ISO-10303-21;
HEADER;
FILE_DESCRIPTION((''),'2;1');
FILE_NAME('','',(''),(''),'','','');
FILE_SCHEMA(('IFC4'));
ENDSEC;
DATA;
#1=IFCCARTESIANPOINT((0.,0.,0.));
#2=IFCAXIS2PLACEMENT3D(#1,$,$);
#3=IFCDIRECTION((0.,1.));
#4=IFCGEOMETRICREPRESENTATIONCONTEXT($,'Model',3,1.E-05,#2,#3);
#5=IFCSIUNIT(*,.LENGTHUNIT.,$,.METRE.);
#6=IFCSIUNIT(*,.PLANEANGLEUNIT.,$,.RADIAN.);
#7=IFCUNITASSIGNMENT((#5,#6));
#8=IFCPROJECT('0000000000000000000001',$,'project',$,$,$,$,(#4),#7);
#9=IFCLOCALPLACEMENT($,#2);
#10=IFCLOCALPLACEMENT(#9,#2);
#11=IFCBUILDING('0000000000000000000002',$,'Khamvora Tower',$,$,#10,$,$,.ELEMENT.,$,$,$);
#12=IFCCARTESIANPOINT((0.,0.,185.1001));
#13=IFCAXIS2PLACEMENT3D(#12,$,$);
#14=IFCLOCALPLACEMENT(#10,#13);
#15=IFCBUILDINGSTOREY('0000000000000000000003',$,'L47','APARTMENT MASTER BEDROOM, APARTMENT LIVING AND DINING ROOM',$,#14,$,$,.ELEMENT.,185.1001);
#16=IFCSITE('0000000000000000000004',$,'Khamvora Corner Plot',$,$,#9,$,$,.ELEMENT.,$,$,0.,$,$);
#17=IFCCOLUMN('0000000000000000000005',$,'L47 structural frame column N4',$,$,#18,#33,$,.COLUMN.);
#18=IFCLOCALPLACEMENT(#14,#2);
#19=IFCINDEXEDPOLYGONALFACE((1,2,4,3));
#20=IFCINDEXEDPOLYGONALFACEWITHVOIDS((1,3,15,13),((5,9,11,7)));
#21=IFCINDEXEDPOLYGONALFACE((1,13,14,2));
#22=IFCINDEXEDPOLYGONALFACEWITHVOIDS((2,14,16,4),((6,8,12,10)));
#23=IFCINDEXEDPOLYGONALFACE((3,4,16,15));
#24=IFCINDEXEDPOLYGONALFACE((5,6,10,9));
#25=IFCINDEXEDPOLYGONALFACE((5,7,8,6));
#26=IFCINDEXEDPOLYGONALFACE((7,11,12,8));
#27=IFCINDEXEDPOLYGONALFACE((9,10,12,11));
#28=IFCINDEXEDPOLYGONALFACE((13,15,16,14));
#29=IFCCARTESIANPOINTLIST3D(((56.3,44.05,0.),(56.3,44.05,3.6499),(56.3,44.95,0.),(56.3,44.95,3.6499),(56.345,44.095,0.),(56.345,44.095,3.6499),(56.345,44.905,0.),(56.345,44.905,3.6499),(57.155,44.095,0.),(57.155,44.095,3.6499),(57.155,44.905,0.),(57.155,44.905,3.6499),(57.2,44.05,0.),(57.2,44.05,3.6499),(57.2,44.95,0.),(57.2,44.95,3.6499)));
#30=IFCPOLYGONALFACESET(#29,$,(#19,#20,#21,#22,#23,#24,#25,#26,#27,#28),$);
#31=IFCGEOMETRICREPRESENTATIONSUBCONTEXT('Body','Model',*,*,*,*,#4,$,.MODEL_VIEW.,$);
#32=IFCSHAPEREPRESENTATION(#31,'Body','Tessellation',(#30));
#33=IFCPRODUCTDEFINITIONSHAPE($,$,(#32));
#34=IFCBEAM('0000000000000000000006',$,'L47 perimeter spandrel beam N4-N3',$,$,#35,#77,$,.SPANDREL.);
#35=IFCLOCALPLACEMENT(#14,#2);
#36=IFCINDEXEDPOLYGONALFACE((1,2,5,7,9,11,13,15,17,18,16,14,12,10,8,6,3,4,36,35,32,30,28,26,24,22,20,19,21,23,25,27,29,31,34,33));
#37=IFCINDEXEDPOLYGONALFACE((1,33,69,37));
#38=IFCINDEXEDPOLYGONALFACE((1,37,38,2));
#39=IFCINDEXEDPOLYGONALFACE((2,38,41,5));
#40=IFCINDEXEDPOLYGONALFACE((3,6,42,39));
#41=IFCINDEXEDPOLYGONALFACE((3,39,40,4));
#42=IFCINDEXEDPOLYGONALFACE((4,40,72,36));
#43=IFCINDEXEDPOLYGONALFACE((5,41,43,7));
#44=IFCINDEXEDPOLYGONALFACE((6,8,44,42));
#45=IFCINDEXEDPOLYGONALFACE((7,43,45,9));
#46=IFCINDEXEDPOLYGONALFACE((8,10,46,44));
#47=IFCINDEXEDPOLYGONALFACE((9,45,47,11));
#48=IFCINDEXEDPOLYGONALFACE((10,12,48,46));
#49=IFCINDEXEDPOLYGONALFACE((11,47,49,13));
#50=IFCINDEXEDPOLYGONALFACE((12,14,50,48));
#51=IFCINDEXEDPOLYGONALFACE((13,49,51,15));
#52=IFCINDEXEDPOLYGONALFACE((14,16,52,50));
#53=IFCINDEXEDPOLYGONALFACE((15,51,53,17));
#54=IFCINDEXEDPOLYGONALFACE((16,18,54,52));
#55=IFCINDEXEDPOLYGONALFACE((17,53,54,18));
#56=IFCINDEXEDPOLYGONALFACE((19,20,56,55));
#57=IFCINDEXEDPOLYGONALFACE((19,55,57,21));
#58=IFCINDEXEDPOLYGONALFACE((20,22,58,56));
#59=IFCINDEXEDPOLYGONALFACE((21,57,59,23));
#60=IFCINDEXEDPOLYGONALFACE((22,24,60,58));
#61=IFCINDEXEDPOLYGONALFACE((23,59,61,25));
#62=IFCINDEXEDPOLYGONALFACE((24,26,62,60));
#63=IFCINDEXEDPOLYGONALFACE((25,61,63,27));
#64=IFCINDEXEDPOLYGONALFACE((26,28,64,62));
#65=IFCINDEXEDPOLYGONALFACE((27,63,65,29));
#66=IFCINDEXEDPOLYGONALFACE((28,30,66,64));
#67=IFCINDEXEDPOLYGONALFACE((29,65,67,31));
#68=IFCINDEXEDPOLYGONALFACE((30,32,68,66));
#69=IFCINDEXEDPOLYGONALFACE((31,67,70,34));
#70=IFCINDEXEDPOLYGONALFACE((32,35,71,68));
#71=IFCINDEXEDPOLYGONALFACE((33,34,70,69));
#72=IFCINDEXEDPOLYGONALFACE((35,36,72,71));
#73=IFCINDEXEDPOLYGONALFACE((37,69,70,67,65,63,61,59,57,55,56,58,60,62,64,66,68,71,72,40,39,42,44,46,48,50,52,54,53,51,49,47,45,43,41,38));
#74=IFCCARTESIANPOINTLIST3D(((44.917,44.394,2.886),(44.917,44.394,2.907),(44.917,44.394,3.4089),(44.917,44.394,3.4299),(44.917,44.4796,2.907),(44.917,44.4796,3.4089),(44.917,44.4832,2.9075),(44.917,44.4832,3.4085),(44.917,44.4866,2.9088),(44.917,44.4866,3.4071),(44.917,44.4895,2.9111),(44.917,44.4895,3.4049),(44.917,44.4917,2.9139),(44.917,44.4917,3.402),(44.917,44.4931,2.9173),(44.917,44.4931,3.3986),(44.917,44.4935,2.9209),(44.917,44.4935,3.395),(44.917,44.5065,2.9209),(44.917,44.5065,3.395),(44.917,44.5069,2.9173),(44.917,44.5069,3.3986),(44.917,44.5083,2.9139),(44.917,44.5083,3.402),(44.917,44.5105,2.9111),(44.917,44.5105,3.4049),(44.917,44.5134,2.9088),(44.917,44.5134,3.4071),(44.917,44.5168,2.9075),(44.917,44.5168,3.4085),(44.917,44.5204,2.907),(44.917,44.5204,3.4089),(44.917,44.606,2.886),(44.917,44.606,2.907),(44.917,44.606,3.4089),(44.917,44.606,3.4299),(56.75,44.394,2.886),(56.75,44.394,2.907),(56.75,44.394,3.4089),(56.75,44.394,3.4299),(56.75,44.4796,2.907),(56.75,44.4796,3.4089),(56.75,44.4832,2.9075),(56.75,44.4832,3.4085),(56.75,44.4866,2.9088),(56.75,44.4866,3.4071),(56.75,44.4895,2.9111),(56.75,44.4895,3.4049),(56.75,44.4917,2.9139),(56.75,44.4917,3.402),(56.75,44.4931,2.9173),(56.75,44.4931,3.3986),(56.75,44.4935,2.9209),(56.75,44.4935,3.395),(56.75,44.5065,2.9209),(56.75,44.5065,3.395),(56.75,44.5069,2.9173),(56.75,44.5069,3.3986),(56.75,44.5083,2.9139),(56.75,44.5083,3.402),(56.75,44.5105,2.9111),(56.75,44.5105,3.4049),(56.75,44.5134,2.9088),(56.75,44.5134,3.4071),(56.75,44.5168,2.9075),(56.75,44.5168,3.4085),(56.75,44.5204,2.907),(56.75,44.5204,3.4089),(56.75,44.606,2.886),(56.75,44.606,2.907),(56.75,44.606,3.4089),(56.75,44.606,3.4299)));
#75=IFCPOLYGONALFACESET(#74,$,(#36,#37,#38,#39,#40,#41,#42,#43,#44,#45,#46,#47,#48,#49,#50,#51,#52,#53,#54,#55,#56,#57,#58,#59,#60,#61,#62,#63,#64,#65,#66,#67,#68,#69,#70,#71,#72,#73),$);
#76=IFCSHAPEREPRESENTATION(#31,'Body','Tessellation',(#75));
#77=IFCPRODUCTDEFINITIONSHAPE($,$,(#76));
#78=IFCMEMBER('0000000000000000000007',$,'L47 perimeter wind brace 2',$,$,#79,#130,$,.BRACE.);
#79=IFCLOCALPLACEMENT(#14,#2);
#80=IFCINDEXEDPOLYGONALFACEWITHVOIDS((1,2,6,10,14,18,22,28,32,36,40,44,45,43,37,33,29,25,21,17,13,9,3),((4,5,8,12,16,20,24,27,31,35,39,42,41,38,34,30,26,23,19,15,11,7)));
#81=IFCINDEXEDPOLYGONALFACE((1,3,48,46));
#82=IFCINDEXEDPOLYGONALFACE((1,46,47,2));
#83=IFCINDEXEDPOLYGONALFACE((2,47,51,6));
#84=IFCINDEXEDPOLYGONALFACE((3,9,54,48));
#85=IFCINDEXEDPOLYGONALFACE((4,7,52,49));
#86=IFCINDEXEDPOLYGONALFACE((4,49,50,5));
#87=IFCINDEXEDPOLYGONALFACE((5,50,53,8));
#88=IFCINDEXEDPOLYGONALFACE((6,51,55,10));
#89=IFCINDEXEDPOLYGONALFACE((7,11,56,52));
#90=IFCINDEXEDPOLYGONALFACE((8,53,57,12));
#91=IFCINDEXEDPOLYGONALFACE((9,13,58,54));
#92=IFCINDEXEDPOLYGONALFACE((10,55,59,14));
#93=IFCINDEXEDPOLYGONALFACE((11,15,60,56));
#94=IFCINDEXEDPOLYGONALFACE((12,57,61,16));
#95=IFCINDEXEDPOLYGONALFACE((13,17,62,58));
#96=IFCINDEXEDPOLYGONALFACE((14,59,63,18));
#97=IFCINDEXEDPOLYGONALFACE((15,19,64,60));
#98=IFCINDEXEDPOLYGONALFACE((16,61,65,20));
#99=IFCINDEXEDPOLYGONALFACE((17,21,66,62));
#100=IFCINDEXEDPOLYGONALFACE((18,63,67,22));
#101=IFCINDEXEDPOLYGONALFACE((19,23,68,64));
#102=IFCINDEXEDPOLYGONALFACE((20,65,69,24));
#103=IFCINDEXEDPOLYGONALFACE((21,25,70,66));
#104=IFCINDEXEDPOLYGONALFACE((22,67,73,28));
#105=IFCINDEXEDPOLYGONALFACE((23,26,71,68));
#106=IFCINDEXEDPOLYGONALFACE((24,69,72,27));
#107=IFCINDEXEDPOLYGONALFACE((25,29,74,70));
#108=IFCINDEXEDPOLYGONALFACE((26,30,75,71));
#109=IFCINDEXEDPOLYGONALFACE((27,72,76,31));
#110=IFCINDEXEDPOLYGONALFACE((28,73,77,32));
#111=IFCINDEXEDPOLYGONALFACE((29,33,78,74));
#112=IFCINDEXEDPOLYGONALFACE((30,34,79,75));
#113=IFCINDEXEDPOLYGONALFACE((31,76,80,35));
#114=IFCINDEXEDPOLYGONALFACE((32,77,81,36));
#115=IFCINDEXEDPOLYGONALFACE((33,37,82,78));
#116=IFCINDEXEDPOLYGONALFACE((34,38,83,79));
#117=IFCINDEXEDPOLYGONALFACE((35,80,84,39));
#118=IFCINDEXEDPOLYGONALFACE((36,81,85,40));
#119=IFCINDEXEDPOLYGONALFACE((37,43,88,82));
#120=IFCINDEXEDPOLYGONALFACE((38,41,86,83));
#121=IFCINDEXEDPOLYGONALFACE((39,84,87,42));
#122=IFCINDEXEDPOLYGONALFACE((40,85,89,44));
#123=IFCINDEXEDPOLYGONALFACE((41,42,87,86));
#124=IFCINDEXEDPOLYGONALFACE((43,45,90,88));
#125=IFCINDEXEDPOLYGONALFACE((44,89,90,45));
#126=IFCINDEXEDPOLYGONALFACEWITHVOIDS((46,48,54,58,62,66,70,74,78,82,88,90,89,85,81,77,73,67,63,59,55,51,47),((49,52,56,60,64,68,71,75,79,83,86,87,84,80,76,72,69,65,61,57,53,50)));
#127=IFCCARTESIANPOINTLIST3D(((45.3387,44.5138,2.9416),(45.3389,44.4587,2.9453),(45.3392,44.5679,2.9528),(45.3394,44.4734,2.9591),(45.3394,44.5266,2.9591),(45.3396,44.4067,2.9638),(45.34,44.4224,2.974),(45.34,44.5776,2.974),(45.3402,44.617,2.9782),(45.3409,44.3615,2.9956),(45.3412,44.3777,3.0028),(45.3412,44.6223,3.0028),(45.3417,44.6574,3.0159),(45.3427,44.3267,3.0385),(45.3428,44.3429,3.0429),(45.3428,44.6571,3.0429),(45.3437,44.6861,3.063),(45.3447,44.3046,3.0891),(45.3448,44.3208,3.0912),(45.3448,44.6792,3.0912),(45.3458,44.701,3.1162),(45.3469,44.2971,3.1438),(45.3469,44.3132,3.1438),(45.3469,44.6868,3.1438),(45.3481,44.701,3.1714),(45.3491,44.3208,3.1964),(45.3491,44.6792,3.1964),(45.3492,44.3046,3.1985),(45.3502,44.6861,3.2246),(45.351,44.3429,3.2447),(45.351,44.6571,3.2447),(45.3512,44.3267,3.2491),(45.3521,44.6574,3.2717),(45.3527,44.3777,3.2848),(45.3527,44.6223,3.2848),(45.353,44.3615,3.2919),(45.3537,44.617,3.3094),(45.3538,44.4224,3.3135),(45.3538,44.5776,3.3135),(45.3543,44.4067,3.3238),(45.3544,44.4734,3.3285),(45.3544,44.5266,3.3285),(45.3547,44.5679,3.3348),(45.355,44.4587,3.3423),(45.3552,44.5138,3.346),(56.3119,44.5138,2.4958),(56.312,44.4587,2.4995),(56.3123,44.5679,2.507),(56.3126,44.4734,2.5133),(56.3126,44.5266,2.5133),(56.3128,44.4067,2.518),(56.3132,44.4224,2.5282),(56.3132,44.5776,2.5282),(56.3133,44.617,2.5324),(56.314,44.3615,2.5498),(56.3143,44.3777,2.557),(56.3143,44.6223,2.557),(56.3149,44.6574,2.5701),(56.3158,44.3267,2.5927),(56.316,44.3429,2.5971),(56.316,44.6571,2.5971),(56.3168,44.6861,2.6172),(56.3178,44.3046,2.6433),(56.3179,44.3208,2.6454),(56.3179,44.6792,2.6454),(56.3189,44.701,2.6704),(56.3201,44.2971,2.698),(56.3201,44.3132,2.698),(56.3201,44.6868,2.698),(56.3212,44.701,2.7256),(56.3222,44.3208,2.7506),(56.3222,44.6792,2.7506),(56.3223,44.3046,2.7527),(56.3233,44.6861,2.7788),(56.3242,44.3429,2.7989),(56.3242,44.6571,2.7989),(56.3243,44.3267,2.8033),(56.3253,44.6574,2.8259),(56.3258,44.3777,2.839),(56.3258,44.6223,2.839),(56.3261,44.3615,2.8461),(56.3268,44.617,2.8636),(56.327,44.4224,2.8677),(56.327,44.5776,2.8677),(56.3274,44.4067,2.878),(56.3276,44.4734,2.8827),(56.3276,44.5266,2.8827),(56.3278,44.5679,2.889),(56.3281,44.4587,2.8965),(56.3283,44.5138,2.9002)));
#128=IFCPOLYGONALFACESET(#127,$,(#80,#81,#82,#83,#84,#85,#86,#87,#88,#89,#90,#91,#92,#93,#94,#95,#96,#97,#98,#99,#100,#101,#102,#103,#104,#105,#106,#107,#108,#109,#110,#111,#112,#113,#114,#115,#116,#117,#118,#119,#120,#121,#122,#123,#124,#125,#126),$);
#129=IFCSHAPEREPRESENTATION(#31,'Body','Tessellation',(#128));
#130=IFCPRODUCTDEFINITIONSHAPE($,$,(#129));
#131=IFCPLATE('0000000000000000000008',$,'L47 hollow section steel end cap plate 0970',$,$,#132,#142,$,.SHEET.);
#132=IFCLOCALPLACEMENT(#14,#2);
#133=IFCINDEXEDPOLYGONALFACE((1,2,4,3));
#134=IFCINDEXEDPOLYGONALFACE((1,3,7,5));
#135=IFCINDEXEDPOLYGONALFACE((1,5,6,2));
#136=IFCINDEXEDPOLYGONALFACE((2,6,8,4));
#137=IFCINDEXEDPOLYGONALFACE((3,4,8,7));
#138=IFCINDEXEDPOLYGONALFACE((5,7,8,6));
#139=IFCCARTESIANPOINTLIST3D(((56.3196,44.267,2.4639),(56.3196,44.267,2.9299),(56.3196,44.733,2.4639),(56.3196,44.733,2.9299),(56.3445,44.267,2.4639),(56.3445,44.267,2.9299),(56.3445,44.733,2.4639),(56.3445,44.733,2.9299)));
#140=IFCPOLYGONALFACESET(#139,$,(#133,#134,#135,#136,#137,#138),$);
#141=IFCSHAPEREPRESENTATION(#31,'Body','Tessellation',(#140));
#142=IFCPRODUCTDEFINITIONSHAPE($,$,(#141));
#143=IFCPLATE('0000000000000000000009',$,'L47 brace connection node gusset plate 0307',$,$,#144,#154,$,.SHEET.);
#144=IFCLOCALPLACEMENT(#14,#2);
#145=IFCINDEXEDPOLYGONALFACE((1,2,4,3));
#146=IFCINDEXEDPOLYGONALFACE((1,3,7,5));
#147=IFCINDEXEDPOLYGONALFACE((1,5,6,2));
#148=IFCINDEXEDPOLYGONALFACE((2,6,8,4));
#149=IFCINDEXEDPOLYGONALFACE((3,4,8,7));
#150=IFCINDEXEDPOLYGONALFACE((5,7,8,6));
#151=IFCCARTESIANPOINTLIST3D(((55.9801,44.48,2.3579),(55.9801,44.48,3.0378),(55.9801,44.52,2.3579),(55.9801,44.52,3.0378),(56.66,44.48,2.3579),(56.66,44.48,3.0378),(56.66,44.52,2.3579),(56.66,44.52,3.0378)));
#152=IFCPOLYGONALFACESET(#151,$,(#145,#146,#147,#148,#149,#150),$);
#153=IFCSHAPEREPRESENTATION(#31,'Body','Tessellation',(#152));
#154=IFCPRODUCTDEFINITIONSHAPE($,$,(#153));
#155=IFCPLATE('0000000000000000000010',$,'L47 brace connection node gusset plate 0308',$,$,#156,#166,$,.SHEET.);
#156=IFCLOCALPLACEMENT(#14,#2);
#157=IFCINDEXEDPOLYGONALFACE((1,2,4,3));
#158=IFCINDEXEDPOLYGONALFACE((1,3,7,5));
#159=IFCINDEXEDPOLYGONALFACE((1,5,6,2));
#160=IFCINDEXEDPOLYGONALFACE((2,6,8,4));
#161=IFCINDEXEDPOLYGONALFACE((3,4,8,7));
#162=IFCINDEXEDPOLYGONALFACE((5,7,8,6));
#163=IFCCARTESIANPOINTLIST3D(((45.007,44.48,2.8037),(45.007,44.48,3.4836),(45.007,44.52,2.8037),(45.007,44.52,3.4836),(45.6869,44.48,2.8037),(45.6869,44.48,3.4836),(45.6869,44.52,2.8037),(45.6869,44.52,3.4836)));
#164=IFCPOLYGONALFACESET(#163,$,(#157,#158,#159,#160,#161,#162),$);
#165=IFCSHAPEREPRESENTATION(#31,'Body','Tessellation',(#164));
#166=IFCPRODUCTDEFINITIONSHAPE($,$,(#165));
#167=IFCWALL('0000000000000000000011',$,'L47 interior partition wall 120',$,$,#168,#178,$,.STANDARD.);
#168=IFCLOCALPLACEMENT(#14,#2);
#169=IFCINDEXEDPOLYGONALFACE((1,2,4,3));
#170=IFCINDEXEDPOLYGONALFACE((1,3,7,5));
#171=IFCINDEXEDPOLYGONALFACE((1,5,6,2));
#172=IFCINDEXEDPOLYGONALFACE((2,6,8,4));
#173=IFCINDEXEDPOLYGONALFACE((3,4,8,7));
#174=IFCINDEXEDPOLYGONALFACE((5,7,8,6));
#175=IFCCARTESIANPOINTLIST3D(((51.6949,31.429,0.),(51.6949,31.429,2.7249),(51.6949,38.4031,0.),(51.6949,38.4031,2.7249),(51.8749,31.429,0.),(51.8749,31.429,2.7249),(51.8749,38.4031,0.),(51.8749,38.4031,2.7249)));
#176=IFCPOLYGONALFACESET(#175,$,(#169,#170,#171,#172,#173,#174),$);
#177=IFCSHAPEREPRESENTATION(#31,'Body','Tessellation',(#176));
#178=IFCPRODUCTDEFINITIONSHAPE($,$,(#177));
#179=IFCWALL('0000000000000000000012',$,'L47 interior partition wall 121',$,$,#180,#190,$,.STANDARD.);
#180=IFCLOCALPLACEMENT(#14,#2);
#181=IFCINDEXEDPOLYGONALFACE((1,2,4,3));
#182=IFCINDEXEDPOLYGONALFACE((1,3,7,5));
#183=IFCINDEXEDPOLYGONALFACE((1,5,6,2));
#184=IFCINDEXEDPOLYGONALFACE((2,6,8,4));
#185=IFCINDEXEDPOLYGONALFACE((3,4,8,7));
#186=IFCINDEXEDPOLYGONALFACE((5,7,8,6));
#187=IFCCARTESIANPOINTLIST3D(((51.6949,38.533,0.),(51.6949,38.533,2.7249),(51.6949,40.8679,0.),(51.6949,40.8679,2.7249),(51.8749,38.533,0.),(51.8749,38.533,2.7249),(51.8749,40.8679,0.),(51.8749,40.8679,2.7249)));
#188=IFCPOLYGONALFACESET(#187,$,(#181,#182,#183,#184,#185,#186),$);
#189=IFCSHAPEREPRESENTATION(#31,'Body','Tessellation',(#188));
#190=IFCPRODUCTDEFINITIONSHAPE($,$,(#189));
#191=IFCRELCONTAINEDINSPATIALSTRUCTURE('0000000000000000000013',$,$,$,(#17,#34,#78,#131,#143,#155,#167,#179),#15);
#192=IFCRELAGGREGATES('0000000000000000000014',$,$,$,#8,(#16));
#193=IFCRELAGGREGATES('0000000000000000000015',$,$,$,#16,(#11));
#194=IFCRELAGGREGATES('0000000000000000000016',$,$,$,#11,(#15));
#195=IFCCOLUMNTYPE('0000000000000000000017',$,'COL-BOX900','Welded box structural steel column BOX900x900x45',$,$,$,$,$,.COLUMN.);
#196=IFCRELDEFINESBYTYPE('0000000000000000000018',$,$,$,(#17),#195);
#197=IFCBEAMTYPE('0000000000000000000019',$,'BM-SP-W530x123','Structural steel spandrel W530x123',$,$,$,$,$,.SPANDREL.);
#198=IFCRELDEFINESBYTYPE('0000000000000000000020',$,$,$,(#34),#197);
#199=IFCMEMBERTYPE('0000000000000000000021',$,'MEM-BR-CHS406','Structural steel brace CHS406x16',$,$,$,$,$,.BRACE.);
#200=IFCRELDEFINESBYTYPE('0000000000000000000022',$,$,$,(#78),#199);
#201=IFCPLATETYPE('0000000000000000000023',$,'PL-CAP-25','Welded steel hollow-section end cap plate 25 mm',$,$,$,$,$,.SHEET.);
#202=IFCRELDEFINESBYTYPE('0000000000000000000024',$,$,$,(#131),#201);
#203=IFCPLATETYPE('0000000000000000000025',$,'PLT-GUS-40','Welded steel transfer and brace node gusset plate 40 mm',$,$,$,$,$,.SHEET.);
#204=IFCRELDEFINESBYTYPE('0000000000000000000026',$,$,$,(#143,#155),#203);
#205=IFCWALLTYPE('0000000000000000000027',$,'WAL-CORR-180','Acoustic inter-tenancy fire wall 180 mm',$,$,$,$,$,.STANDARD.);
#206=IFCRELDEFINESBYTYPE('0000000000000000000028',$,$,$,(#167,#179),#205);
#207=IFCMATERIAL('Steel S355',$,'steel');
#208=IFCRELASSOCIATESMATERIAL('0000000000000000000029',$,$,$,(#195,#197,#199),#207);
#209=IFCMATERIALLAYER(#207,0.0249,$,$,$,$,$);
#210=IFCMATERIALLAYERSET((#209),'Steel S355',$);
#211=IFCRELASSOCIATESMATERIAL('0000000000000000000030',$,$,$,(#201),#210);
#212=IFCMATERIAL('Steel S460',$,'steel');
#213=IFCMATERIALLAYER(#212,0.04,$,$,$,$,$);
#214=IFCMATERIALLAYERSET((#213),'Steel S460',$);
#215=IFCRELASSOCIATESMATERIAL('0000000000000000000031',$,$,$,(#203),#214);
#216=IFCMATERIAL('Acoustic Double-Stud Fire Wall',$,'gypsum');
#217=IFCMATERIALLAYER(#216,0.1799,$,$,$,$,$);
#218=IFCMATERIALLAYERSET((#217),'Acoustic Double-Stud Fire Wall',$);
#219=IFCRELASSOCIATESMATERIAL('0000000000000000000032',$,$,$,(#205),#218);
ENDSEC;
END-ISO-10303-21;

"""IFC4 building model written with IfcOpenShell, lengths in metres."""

from ifc_helpers import new_model, si_unit, direction, frame, frame_2d, origin, origin_2d, place, context, subcontext, project, spatial, rectangle, hollow_rectangle, hollow_circle, i_section, extrude, material, layer, layer_set, material_profile, profile_set, type_object, element, save


model = new_model("IFC4")

# Units and contexts
model_context = context("Model", 3, precision=1e-05, world=origin(), true_north=direction((0.0, 1.0)))
body_context = subcontext(model_context, "Body", "Model", "MODEL_VIEW")
ifc_project = project(units=[si_unit("LENGTHUNIT", "METRE"), si_unit("PLANEANGLEUNIT", "RADIAN")], contexts=[model_context])

# Site, building, storey
site_placement = place(None, origin())
site = spatial("IfcSite", under=ifc_project, at=site_placement, Name="Khamvora Corner Plot", CompositionType="ELEMENT", RefElevation=0.0)
building_placement = place(site_placement, origin())
building = spatial("IfcBuilding", under=site, at=building_placement, Name="Khamvora Tower", CompositionType="ELEMENT")
storey_placement = place(building_placement, frame((0.0, 0.0, 185.1001)))
storey = spatial("IfcBuildingStorey", under=building, at=storey_placement, Name="L47", Description="APARTMENT MASTER BEDROOM, APARTMENT LIVING AND DINING ROOM", CompositionType="ELEMENT", Elevation=185.1001)

# Column
ifc_material_1 = material(Name="Steel S355", Category="steel")
ifc_material_profile_1 = material_profile(ifc_material_1, hollow_rectangle(XDim=0.8999, YDim=0.8999, WallThickness=0.0449, at=origin_2d()), Name="BOX900x900x45")
ifc_profile_set_1 = profile_set([ifc_material_profile_1], Name="Steel S355")
column_type = type_object("IfcColumnType", Name="COL-BOX900", Description="Welded box structural steel column BOX900x900x45", PredefinedType="COLUMN", material=ifc_profile_set_1)
column_placement = place(storey_placement, frame((56.75, 44.5, 0.0), z_axis=(0.0, 0.0, 1.0), x_axis=(1.0, 0.0, 0.0)))
element("IfcColumn", 1, at=column_placement, inside=storey, type_object=column_type, Name="L47 structural frame column N4", PredefinedType="COLUMN", context=body_context, shape_type="SweptSolid", body=[
    extrude(hollow_rectangle(XDim=0.8999, YDim=0.8999, WallThickness=0.0449, at=origin_2d()), origin(), (0.0, 0.0, 1.0), 3.6499),
])

# Beam
ifc_material_profile_2 = material_profile(ifc_material_1, i_section(OverallWidth=0.2119, OverallDepth=0.5439, WebThickness=0.0129, FlangeThickness=0.021, FilletRadius=0.0139, at=origin_2d()), Name="W530x123")
ifc_profile_set_2 = profile_set([ifc_material_profile_2], Name="Steel S355")
beam_type = type_object("IfcBeamType", Name="BM-SP-W530x123", Description="Structural steel spandrel W530x123", PredefinedType="SPANDREL", material=ifc_profile_set_2)
beam_placement = place(storey_placement, frame((56.75, 44.5, 3.158), z_axis=(-1.0, 0.0, 0.0), x_axis=(0.0, -1.0, 0.0)))
element("IfcBeam", 2, at=beam_placement, inside=storey, type_object=beam_type, Name="L47 perimeter spandrel beam N4-N3", PredefinedType="SPANDREL", context=body_context, shape_type="SweptSolid", body=[
    extrude(i_section(OverallWidth=0.2119, OverallDepth=0.5439, WebThickness=0.0129, FlangeThickness=0.021, FilletRadius=0.0139, at=origin_2d()), origin(), (0.0, 0.0, 1.0), 11.833),
])

# Member
ifc_material_profile_3 = material_profile(ifc_material_1, hollow_circle(Radius=0.2029, WallThickness=0.0161, at=origin_2d()), Name="CHS406x16")
ifc_profile_set_3 = profile_set([ifc_material_profile_3], Name="Steel S355")
member_type = type_object("IfcMemberType", Name="MEM-BR-CHS406", Description="Structural steel brace CHS406x16", PredefinedType="BRACE", material=ifc_profile_set_3)
member_placement = place(storey_placement, frame((56.3201, 44.5, 2.698), z_axis=(-0.999176, 0.0, 0.040593), x_axis=(0.0, -1.0, 0.0)))
element("IfcMember", 3, at=member_placement, inside=storey, type_object=member_type, Name="L47 perimeter wind brace 2", PredefinedType="BRACE", context=body_context, shape_type="SweptSolid", body=[
    extrude(hollow_circle(Radius=0.2029, WallThickness=0.0161, at=origin_2d()), origin(), (0.0, 0.0, 1.0), 10.9822),
])

# Plates
ifc_layer_1 = layer(ifc_material_1, 0.0249)
ifc_layer_set_1 = layer_set([ifc_layer_1], Name="Steel S355")
plate_type_1 = type_object("IfcPlateType", Name="PL-CAP-25", Description="Welded steel hollow-section end cap plate 25 mm", PredefinedType="SHEET", material=ifc_layer_set_1)
plate_placement = place(storey_placement, frame((56.332, 44.5, 2.4639), z_axis=(0.0, 0.0, 1.0), x_axis=(-1.0, 0.0, 0.0)))
element("IfcPlate", 4, at=plate_placement, inside=storey, type_object=plate_type_1, Name="L47 hollow section steel end cap plate 0970", PredefinedType="SHEET", context=body_context, shape_type="SweptSolid", body=[
    extrude(rectangle(XDim=0.0249, YDim=0.4661, at=origin_2d()), origin(), (0.0, 0.0, 1.0), 0.4661),
])
ifc_material_2 = material(Name="Steel S460", Category="steel")
ifc_layer_2 = layer(ifc_material_2, 0.04)
ifc_layer_set_2 = layer_set([ifc_layer_2], Name="Steel S460")
plate_type_2 = type_object("IfcPlateType", Name="PLT-GUS-40", Description="Welded steel transfer and brace node gusset plate 40 mm", PredefinedType="SHEET", material=ifc_layer_set_2)
for number, where, z_axis, x_axis, name in (
    (5, (56.3201, 44.5, 2.3579), (0.0, 0.0, 1.0), (1.0, 0.0, 0.0), "L47 brace connection node gusset plate 0307"),
    (6, (45.3469, 44.5, 2.8037), (0.0, 0.0, 1.0), (1.0, 0.0, 0.0), "L47 brace connection node gusset plate 0308"),
):
    element("IfcPlate", number, at=place(storey_placement, frame(where, z_axis=z_axis, x_axis=x_axis)), inside=storey, type_object=plate_type_2, Name=name, PredefinedType="SHEET", context=body_context, shape_type="SweptSolid", body=[
        extrude(rectangle(XDim=0.6799, YDim=0.04, at=origin_2d()), origin(), (0.0, 0.0, 1.0), 0.6799),
    ])

# Walls
ifc_material_3 = material(Name="Acoustic Double-Stud Fire Wall", Category="gypsum")
ifc_layer_3 = layer(ifc_material_3, 0.1799)
ifc_layer_set_3 = layer_set([ifc_layer_3], Name="Acoustic Double-Stud Fire Wall")
wall_type_1 = type_object("IfcWallType", Name="WAL-CORR-180", Description="Acoustic inter-tenancy fire wall 180 mm", PredefinedType="STANDARD", material=ifc_layer_set_3)
wall_1_placement = place(storey_placement, frame((51.7849, 38.4031, 0.0), z_axis=(0.0, 0.0, 1.0), x_axis=(0.0, -1.0, 0.0)))
element("IfcWall", 7, at=wall_1_placement, inside=storey, type_object=wall_type_1, Name="L47 interior partition wall 120", PredefinedType="STANDARD", context=body_context, shape_type="SweptSolid", body=[
    extrude(rectangle(XDim=6.9741, YDim=0.1799, at=frame_2d((3.4871, 0.0))), origin(), (0.0, 0.0, 1.0), 2.7249),
])
wall_2_placement = place(storey_placement, frame((51.7849, 40.8679, 0.0), z_axis=(0.0, 0.0, 1.0), x_axis=(0.0, -1.0, 0.0)))
element("IfcWall", 8, at=wall_2_placement, inside=storey, type_object=wall_type_1, Name="L47 interior partition wall 121", PredefinedType="STANDARD", context=body_context, shape_type="SweptSolid", body=[
    extrude(rectangle(XDim=2.335, YDim=0.1799, at=frame_2d((1.1675, 0.0))), origin(), (0.0, 0.0, 1.0), 2.7249),
])

save(model, "model.ifc")
